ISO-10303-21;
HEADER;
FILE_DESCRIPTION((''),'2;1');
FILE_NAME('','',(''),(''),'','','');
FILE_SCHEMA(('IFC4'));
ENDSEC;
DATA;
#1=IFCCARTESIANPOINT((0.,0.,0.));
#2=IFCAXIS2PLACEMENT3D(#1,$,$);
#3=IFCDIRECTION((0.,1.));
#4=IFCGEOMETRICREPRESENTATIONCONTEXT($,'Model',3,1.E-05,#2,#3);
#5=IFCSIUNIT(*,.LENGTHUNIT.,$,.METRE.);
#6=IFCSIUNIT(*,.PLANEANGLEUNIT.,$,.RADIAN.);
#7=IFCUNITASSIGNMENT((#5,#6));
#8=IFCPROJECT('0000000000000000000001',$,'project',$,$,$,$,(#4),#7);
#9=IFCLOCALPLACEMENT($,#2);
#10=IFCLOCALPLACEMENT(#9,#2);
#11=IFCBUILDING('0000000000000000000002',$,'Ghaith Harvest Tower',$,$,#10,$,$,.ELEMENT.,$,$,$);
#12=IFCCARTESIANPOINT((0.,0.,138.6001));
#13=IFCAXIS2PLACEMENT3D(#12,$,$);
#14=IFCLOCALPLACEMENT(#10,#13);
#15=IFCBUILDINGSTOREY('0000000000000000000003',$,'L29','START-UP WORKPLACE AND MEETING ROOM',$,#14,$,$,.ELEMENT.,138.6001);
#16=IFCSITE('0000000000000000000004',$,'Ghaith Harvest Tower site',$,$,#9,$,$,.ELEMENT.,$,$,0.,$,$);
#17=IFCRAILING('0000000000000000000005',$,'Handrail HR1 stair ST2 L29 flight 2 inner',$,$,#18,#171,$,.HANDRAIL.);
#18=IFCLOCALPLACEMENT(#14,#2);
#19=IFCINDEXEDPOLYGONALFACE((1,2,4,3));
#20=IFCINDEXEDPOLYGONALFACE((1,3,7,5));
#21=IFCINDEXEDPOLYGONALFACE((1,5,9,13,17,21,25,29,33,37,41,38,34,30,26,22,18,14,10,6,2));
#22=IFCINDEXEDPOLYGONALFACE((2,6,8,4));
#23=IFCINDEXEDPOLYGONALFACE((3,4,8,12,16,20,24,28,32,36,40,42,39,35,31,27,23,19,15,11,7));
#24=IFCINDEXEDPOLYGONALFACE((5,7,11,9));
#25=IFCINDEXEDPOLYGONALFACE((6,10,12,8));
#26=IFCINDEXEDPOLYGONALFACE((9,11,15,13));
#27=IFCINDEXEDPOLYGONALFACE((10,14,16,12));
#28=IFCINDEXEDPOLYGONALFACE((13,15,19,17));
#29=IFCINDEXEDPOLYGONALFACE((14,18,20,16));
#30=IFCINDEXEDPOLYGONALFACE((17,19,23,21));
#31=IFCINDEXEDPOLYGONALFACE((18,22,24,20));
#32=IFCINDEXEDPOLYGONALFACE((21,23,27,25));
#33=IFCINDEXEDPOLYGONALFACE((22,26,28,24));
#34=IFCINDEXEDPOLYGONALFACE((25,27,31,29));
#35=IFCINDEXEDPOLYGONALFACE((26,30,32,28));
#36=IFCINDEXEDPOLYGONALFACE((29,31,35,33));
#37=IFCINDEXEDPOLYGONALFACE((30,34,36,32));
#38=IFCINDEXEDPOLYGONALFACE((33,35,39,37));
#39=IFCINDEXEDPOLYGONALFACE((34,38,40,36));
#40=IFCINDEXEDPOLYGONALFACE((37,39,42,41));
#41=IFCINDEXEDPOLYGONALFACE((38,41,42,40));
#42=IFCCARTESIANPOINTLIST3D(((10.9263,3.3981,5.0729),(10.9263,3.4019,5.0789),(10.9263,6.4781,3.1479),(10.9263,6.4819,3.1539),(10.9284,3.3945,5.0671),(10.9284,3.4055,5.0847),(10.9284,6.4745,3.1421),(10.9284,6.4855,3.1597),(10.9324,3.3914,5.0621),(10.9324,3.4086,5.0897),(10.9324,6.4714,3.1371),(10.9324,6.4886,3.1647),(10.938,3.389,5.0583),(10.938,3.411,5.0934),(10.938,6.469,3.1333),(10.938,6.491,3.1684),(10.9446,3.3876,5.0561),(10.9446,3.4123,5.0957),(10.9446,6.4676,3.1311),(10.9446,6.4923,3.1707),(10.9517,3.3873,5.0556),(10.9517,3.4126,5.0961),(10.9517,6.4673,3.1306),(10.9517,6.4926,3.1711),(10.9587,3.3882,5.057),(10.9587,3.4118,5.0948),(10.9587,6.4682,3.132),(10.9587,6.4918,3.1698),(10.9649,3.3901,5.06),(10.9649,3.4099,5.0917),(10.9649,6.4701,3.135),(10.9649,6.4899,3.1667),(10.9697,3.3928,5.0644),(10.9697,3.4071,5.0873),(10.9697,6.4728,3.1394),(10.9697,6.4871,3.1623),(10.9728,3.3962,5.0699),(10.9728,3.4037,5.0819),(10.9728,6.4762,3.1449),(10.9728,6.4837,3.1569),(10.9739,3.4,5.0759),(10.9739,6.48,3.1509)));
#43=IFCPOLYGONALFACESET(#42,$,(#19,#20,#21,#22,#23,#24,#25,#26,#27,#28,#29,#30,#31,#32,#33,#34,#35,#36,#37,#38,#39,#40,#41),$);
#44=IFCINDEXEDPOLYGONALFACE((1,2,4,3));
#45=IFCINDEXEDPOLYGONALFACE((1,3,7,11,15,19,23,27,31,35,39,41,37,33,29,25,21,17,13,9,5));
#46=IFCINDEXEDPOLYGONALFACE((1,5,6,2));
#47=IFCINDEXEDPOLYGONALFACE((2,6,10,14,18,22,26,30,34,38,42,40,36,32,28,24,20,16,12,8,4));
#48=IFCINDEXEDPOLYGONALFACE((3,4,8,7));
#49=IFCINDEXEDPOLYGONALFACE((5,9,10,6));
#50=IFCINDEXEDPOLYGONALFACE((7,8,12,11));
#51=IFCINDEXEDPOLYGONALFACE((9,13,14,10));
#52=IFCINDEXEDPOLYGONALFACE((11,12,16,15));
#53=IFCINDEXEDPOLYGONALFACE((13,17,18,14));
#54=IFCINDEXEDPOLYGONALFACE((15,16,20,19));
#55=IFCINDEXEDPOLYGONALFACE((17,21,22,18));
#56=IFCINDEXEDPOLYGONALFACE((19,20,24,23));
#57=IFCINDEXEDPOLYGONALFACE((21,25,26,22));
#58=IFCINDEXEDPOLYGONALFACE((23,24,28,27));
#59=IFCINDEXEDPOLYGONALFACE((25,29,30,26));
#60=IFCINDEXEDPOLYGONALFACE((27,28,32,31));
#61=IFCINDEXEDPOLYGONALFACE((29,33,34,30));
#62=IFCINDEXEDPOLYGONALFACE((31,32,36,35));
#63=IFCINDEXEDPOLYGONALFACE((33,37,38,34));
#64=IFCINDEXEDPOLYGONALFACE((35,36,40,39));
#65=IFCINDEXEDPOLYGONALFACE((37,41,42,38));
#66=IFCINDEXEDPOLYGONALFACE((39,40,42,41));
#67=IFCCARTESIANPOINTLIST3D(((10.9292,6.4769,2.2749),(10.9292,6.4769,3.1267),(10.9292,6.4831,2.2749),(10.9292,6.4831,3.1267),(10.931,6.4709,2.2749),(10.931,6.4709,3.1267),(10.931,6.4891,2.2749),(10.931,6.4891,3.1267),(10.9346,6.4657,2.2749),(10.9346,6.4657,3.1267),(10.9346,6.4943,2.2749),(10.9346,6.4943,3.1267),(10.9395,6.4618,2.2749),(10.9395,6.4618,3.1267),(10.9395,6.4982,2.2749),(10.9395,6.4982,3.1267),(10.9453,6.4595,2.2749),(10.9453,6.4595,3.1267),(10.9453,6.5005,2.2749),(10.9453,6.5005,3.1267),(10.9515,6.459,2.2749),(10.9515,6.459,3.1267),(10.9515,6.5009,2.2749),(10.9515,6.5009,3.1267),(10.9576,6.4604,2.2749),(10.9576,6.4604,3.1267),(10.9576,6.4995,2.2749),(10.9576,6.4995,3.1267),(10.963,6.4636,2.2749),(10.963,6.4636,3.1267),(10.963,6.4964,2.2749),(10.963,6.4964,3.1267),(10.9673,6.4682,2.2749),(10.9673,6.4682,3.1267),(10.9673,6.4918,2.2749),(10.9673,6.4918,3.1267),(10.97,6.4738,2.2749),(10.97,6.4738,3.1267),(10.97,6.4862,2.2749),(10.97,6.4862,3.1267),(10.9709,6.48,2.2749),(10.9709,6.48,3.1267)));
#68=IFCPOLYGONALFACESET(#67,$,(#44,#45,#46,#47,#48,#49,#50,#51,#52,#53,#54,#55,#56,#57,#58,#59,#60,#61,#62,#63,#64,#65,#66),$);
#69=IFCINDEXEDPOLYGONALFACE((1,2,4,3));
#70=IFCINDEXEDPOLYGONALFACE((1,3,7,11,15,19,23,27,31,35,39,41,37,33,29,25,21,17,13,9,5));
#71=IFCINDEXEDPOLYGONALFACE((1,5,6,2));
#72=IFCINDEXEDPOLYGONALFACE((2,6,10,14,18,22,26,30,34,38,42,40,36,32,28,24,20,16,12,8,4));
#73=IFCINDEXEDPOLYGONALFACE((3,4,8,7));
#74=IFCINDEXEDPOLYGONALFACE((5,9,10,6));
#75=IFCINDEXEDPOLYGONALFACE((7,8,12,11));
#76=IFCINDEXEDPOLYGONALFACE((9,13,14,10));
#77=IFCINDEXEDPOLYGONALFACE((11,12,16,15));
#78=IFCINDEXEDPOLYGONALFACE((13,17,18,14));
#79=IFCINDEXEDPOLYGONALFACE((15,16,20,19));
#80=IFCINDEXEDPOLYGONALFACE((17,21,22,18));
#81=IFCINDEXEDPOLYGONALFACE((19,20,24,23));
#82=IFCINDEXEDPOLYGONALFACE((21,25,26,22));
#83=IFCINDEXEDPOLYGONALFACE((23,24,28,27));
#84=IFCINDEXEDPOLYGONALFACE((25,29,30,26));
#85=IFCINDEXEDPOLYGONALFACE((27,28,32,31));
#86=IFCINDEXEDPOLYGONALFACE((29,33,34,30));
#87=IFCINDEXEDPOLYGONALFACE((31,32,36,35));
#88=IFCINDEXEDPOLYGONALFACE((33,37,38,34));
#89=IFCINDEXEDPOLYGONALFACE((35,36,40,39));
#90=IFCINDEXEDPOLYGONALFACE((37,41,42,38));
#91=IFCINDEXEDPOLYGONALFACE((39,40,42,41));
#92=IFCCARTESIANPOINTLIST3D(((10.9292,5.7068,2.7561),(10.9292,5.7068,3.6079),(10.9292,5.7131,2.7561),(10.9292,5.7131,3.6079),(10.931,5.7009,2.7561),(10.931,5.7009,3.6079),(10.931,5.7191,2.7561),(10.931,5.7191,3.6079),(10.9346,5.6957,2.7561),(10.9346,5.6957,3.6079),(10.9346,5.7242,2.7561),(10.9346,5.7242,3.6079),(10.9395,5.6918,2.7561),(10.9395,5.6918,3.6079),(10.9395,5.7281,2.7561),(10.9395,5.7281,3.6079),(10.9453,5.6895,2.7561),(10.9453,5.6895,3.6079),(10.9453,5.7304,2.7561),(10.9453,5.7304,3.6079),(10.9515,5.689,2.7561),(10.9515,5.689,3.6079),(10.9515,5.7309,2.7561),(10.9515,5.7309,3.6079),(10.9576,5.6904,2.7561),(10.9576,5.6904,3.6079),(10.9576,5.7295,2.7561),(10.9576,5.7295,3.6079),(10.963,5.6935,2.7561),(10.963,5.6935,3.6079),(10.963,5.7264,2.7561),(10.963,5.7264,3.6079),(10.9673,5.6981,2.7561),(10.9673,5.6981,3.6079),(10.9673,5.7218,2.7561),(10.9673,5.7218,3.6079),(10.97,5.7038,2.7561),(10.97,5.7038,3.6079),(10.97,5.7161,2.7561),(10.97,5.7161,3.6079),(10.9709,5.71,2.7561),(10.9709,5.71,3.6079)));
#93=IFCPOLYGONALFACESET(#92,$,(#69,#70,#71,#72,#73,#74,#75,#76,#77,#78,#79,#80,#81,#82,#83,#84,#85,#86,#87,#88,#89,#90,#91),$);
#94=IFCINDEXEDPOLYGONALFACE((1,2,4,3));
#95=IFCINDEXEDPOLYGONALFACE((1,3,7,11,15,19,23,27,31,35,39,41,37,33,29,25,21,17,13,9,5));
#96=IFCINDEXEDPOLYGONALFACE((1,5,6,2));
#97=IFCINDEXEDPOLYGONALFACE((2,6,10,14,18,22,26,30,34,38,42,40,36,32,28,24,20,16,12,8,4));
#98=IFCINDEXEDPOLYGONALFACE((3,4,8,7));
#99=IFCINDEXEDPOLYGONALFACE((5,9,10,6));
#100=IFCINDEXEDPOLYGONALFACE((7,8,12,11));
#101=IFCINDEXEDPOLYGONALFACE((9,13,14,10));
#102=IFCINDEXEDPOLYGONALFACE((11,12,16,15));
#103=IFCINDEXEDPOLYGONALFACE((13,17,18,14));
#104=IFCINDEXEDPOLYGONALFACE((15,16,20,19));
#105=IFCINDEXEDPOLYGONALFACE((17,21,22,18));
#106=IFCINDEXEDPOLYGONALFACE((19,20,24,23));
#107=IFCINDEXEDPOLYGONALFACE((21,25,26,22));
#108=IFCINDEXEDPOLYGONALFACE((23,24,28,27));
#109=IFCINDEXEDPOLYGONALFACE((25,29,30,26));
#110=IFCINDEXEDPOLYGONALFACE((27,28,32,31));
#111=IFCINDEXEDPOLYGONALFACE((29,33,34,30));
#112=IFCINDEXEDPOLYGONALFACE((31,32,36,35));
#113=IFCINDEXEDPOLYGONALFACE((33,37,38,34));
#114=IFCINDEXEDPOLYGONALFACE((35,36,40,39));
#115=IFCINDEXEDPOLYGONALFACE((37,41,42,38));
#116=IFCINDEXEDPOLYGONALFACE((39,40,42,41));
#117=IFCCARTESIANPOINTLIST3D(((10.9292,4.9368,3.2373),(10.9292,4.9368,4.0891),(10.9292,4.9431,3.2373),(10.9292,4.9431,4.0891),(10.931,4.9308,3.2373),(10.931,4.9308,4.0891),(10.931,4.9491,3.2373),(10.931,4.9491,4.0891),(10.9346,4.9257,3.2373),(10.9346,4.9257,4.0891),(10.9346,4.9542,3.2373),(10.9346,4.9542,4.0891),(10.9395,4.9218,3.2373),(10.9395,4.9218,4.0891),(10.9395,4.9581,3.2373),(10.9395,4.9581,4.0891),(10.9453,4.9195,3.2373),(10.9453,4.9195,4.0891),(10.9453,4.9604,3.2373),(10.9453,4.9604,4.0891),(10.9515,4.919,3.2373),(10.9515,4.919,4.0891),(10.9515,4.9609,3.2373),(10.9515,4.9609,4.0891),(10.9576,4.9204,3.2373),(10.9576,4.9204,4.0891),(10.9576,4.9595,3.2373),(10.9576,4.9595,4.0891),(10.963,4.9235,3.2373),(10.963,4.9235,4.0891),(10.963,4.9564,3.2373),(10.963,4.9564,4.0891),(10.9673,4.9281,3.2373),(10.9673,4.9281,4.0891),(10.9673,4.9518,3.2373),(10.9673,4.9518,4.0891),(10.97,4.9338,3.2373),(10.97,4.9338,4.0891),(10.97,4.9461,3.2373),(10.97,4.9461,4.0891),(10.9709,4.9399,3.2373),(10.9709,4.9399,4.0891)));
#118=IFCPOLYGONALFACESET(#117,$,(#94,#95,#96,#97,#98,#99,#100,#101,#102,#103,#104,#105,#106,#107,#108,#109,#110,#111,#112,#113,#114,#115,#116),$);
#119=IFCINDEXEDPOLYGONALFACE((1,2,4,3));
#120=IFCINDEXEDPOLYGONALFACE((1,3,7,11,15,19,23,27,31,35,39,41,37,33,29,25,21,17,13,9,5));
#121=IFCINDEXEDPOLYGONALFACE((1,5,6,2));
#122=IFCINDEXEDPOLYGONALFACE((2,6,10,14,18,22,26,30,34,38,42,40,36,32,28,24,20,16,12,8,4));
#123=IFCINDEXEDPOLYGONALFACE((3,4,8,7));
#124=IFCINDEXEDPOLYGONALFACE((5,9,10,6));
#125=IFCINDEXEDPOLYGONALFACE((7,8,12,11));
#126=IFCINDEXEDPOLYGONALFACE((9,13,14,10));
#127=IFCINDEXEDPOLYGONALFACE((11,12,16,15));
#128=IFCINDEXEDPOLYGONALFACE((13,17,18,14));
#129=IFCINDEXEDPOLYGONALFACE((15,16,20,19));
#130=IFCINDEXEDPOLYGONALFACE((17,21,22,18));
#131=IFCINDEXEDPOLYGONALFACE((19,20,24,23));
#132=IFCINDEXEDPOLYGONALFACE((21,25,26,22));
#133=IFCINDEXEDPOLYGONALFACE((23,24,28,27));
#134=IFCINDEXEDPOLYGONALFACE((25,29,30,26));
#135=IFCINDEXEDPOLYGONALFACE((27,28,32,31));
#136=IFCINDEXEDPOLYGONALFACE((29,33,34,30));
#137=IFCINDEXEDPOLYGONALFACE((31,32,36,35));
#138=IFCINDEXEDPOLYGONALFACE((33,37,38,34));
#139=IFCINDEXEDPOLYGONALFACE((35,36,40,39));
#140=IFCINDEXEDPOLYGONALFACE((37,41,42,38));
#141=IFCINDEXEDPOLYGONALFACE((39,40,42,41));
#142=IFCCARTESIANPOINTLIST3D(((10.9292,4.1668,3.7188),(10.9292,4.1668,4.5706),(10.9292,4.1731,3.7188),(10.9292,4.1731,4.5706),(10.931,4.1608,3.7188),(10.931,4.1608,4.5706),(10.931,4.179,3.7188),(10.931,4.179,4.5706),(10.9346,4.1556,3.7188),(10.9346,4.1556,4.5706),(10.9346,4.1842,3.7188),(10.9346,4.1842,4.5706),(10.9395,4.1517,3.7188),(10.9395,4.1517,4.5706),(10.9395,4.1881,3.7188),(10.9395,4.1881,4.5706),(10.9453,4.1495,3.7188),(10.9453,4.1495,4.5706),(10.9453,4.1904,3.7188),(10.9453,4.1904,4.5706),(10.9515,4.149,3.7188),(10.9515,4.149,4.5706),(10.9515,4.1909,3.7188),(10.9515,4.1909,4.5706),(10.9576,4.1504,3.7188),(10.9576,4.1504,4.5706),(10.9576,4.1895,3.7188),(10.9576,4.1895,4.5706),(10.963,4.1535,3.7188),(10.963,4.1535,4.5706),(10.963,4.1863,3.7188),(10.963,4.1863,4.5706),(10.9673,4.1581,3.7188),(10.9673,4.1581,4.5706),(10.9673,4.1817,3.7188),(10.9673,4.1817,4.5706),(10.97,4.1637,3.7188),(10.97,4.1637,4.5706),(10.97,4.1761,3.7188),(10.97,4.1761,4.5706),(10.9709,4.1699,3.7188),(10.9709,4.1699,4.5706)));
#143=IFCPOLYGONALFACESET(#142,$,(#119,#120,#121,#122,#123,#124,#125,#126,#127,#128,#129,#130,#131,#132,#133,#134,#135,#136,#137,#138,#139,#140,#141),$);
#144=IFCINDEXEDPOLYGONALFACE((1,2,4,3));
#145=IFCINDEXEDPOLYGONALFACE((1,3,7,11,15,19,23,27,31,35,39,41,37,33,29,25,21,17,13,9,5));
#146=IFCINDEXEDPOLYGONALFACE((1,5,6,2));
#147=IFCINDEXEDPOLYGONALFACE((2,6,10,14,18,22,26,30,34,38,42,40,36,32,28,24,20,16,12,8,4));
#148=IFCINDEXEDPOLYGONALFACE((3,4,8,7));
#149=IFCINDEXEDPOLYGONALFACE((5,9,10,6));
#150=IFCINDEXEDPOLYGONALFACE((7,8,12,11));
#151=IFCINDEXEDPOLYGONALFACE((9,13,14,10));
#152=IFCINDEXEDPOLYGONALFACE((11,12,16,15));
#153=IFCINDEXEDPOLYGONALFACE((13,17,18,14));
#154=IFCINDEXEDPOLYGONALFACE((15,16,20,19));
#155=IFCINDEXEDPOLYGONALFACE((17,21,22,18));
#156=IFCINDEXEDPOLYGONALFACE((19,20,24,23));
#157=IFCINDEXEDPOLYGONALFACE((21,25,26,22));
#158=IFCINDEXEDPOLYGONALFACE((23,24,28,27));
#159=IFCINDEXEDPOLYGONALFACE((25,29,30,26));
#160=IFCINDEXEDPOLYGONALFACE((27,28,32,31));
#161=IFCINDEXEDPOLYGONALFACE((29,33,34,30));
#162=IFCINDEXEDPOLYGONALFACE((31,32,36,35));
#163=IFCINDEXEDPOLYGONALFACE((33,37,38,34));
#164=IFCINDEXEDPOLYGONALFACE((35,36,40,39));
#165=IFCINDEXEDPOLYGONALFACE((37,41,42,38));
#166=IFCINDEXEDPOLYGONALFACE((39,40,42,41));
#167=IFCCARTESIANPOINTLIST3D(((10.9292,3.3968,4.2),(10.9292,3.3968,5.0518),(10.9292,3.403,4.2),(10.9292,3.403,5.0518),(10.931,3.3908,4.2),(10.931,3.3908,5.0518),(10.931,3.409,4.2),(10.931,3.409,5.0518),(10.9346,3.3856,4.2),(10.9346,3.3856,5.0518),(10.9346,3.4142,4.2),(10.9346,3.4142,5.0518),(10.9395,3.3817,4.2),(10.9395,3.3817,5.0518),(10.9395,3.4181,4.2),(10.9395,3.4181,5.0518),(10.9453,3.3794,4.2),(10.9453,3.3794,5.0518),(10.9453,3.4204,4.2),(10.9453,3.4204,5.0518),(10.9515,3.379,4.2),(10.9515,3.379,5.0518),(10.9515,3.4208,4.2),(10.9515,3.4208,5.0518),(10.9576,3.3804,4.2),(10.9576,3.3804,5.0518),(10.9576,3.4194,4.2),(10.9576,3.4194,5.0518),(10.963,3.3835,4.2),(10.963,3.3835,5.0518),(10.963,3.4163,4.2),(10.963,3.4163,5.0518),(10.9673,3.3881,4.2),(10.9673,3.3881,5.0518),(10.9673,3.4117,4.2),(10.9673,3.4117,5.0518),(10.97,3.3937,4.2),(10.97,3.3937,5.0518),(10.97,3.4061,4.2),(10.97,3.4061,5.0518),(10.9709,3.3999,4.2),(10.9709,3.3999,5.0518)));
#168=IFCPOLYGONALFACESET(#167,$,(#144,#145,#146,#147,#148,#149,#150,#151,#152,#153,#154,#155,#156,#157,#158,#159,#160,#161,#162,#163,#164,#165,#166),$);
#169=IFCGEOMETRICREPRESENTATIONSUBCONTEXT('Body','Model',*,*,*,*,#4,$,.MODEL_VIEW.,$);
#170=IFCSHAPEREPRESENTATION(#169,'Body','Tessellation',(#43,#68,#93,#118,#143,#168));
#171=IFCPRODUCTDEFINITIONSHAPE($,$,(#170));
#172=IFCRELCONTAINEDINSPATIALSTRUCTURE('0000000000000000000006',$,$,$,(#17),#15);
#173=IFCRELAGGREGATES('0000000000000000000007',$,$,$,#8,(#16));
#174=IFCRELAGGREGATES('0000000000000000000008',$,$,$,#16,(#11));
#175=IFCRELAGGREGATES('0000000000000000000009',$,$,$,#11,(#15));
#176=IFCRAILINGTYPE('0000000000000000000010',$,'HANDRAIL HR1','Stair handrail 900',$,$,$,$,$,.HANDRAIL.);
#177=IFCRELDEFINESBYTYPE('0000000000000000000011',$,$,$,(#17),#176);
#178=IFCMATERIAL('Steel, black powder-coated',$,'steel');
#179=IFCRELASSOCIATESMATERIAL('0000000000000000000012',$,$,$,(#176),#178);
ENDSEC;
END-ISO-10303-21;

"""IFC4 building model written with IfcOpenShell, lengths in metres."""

from ifc_helpers import new_model, si_unit, direction, frame, origin, origin_2d, place, context, subcontext, project, spatial, circle, extrude, material, type_object, element, save


model = new_model("IFC4")

# Units and contexts
model_context = context("Model", 3, precision=1e-05, world=origin(), true_north=direction((0.0, 1.0)))
body_context = subcontext(model_context, "Body", "Model", "MODEL_VIEW")
ifc_project = project(units=[si_unit("LENGTHUNIT", "METRE"), si_unit("PLANEANGLEUNIT", "RADIAN")], contexts=[model_context])

# Site, building, storey
site_placement = place(None, origin())
site = spatial("IfcSite", under=ifc_project, at=site_placement, Name="Ghaith Harvest Tower site", CompositionType="ELEMENT", RefElevation=0.0)
building_placement = place(site_placement, origin())
building = spatial("IfcBuilding", under=site, at=building_placement, Name="Ghaith Harvest Tower", CompositionType="ELEMENT")
storey_placement = place(building_placement, frame((0.0, 0.0, 138.6001)))
storey = spatial("IfcBuildingStorey", under=building, at=storey_placement, Name="L29", Description="START-UP WORKPLACE AND MEETING ROOM", CompositionType="ELEMENT", Elevation=138.6001)

# Railing
ifc_material_1 = material(Name="Steel, black powder-coated", Category="steel")
railing_type = type_object("IfcRailingType", Name="HANDRAIL HR1", Description="Stair handrail 900", PredefinedType="HANDRAIL", material=ifc_material_1)
railing_1_placement = place(storey_placement, frame((10.95, 6.48, 2.2749)))
element("IfcRailing", 1, at=railing_1_placement, inside=storey, type_object=railing_type, Name="Handrail HR1 stair ST2 L29 flight 2 inner", PredefinedType="HANDRAIL", context=body_context, shape_type="SweptSolid", body=[
    extrude(circle(Radius=0.0239, at=origin_2d()), frame((0.0, 0.0, 0.876), z_axis=(0.0, -0.847998, 0.529999), x_axis=(1.0, 0.0, 0.0)), (0.0, 0.0, 1.0), 3.6321),
    extrude(circle(Radius=0.021, at=origin_2d()), origin(), (0.0, 0.0, 1.0), 0.8518),
    extrude(circle(Radius=0.021, at=origin_2d()), frame((0.0, -0.77, 0.4812)), (0.0, 0.0, 1.0), 0.8518),
    extrude(circle(Radius=0.021, at=origin_2d()), frame((0.0, -1.54, 0.9624)), (0.0, 0.0, 1.0), 0.8518),
    extrude(circle(Radius=0.021, at=origin_2d()), frame((0.0, -2.3101, 1.4438)), (0.0, 0.0, 1.0), 0.8518),
    extrude(circle(Radius=0.021, at=origin_2d()), frame((0.0, -3.0801, 1.925)), (0.0, 0.0, 1.0), 0.8518),
])

save(model, "model.ifc")
